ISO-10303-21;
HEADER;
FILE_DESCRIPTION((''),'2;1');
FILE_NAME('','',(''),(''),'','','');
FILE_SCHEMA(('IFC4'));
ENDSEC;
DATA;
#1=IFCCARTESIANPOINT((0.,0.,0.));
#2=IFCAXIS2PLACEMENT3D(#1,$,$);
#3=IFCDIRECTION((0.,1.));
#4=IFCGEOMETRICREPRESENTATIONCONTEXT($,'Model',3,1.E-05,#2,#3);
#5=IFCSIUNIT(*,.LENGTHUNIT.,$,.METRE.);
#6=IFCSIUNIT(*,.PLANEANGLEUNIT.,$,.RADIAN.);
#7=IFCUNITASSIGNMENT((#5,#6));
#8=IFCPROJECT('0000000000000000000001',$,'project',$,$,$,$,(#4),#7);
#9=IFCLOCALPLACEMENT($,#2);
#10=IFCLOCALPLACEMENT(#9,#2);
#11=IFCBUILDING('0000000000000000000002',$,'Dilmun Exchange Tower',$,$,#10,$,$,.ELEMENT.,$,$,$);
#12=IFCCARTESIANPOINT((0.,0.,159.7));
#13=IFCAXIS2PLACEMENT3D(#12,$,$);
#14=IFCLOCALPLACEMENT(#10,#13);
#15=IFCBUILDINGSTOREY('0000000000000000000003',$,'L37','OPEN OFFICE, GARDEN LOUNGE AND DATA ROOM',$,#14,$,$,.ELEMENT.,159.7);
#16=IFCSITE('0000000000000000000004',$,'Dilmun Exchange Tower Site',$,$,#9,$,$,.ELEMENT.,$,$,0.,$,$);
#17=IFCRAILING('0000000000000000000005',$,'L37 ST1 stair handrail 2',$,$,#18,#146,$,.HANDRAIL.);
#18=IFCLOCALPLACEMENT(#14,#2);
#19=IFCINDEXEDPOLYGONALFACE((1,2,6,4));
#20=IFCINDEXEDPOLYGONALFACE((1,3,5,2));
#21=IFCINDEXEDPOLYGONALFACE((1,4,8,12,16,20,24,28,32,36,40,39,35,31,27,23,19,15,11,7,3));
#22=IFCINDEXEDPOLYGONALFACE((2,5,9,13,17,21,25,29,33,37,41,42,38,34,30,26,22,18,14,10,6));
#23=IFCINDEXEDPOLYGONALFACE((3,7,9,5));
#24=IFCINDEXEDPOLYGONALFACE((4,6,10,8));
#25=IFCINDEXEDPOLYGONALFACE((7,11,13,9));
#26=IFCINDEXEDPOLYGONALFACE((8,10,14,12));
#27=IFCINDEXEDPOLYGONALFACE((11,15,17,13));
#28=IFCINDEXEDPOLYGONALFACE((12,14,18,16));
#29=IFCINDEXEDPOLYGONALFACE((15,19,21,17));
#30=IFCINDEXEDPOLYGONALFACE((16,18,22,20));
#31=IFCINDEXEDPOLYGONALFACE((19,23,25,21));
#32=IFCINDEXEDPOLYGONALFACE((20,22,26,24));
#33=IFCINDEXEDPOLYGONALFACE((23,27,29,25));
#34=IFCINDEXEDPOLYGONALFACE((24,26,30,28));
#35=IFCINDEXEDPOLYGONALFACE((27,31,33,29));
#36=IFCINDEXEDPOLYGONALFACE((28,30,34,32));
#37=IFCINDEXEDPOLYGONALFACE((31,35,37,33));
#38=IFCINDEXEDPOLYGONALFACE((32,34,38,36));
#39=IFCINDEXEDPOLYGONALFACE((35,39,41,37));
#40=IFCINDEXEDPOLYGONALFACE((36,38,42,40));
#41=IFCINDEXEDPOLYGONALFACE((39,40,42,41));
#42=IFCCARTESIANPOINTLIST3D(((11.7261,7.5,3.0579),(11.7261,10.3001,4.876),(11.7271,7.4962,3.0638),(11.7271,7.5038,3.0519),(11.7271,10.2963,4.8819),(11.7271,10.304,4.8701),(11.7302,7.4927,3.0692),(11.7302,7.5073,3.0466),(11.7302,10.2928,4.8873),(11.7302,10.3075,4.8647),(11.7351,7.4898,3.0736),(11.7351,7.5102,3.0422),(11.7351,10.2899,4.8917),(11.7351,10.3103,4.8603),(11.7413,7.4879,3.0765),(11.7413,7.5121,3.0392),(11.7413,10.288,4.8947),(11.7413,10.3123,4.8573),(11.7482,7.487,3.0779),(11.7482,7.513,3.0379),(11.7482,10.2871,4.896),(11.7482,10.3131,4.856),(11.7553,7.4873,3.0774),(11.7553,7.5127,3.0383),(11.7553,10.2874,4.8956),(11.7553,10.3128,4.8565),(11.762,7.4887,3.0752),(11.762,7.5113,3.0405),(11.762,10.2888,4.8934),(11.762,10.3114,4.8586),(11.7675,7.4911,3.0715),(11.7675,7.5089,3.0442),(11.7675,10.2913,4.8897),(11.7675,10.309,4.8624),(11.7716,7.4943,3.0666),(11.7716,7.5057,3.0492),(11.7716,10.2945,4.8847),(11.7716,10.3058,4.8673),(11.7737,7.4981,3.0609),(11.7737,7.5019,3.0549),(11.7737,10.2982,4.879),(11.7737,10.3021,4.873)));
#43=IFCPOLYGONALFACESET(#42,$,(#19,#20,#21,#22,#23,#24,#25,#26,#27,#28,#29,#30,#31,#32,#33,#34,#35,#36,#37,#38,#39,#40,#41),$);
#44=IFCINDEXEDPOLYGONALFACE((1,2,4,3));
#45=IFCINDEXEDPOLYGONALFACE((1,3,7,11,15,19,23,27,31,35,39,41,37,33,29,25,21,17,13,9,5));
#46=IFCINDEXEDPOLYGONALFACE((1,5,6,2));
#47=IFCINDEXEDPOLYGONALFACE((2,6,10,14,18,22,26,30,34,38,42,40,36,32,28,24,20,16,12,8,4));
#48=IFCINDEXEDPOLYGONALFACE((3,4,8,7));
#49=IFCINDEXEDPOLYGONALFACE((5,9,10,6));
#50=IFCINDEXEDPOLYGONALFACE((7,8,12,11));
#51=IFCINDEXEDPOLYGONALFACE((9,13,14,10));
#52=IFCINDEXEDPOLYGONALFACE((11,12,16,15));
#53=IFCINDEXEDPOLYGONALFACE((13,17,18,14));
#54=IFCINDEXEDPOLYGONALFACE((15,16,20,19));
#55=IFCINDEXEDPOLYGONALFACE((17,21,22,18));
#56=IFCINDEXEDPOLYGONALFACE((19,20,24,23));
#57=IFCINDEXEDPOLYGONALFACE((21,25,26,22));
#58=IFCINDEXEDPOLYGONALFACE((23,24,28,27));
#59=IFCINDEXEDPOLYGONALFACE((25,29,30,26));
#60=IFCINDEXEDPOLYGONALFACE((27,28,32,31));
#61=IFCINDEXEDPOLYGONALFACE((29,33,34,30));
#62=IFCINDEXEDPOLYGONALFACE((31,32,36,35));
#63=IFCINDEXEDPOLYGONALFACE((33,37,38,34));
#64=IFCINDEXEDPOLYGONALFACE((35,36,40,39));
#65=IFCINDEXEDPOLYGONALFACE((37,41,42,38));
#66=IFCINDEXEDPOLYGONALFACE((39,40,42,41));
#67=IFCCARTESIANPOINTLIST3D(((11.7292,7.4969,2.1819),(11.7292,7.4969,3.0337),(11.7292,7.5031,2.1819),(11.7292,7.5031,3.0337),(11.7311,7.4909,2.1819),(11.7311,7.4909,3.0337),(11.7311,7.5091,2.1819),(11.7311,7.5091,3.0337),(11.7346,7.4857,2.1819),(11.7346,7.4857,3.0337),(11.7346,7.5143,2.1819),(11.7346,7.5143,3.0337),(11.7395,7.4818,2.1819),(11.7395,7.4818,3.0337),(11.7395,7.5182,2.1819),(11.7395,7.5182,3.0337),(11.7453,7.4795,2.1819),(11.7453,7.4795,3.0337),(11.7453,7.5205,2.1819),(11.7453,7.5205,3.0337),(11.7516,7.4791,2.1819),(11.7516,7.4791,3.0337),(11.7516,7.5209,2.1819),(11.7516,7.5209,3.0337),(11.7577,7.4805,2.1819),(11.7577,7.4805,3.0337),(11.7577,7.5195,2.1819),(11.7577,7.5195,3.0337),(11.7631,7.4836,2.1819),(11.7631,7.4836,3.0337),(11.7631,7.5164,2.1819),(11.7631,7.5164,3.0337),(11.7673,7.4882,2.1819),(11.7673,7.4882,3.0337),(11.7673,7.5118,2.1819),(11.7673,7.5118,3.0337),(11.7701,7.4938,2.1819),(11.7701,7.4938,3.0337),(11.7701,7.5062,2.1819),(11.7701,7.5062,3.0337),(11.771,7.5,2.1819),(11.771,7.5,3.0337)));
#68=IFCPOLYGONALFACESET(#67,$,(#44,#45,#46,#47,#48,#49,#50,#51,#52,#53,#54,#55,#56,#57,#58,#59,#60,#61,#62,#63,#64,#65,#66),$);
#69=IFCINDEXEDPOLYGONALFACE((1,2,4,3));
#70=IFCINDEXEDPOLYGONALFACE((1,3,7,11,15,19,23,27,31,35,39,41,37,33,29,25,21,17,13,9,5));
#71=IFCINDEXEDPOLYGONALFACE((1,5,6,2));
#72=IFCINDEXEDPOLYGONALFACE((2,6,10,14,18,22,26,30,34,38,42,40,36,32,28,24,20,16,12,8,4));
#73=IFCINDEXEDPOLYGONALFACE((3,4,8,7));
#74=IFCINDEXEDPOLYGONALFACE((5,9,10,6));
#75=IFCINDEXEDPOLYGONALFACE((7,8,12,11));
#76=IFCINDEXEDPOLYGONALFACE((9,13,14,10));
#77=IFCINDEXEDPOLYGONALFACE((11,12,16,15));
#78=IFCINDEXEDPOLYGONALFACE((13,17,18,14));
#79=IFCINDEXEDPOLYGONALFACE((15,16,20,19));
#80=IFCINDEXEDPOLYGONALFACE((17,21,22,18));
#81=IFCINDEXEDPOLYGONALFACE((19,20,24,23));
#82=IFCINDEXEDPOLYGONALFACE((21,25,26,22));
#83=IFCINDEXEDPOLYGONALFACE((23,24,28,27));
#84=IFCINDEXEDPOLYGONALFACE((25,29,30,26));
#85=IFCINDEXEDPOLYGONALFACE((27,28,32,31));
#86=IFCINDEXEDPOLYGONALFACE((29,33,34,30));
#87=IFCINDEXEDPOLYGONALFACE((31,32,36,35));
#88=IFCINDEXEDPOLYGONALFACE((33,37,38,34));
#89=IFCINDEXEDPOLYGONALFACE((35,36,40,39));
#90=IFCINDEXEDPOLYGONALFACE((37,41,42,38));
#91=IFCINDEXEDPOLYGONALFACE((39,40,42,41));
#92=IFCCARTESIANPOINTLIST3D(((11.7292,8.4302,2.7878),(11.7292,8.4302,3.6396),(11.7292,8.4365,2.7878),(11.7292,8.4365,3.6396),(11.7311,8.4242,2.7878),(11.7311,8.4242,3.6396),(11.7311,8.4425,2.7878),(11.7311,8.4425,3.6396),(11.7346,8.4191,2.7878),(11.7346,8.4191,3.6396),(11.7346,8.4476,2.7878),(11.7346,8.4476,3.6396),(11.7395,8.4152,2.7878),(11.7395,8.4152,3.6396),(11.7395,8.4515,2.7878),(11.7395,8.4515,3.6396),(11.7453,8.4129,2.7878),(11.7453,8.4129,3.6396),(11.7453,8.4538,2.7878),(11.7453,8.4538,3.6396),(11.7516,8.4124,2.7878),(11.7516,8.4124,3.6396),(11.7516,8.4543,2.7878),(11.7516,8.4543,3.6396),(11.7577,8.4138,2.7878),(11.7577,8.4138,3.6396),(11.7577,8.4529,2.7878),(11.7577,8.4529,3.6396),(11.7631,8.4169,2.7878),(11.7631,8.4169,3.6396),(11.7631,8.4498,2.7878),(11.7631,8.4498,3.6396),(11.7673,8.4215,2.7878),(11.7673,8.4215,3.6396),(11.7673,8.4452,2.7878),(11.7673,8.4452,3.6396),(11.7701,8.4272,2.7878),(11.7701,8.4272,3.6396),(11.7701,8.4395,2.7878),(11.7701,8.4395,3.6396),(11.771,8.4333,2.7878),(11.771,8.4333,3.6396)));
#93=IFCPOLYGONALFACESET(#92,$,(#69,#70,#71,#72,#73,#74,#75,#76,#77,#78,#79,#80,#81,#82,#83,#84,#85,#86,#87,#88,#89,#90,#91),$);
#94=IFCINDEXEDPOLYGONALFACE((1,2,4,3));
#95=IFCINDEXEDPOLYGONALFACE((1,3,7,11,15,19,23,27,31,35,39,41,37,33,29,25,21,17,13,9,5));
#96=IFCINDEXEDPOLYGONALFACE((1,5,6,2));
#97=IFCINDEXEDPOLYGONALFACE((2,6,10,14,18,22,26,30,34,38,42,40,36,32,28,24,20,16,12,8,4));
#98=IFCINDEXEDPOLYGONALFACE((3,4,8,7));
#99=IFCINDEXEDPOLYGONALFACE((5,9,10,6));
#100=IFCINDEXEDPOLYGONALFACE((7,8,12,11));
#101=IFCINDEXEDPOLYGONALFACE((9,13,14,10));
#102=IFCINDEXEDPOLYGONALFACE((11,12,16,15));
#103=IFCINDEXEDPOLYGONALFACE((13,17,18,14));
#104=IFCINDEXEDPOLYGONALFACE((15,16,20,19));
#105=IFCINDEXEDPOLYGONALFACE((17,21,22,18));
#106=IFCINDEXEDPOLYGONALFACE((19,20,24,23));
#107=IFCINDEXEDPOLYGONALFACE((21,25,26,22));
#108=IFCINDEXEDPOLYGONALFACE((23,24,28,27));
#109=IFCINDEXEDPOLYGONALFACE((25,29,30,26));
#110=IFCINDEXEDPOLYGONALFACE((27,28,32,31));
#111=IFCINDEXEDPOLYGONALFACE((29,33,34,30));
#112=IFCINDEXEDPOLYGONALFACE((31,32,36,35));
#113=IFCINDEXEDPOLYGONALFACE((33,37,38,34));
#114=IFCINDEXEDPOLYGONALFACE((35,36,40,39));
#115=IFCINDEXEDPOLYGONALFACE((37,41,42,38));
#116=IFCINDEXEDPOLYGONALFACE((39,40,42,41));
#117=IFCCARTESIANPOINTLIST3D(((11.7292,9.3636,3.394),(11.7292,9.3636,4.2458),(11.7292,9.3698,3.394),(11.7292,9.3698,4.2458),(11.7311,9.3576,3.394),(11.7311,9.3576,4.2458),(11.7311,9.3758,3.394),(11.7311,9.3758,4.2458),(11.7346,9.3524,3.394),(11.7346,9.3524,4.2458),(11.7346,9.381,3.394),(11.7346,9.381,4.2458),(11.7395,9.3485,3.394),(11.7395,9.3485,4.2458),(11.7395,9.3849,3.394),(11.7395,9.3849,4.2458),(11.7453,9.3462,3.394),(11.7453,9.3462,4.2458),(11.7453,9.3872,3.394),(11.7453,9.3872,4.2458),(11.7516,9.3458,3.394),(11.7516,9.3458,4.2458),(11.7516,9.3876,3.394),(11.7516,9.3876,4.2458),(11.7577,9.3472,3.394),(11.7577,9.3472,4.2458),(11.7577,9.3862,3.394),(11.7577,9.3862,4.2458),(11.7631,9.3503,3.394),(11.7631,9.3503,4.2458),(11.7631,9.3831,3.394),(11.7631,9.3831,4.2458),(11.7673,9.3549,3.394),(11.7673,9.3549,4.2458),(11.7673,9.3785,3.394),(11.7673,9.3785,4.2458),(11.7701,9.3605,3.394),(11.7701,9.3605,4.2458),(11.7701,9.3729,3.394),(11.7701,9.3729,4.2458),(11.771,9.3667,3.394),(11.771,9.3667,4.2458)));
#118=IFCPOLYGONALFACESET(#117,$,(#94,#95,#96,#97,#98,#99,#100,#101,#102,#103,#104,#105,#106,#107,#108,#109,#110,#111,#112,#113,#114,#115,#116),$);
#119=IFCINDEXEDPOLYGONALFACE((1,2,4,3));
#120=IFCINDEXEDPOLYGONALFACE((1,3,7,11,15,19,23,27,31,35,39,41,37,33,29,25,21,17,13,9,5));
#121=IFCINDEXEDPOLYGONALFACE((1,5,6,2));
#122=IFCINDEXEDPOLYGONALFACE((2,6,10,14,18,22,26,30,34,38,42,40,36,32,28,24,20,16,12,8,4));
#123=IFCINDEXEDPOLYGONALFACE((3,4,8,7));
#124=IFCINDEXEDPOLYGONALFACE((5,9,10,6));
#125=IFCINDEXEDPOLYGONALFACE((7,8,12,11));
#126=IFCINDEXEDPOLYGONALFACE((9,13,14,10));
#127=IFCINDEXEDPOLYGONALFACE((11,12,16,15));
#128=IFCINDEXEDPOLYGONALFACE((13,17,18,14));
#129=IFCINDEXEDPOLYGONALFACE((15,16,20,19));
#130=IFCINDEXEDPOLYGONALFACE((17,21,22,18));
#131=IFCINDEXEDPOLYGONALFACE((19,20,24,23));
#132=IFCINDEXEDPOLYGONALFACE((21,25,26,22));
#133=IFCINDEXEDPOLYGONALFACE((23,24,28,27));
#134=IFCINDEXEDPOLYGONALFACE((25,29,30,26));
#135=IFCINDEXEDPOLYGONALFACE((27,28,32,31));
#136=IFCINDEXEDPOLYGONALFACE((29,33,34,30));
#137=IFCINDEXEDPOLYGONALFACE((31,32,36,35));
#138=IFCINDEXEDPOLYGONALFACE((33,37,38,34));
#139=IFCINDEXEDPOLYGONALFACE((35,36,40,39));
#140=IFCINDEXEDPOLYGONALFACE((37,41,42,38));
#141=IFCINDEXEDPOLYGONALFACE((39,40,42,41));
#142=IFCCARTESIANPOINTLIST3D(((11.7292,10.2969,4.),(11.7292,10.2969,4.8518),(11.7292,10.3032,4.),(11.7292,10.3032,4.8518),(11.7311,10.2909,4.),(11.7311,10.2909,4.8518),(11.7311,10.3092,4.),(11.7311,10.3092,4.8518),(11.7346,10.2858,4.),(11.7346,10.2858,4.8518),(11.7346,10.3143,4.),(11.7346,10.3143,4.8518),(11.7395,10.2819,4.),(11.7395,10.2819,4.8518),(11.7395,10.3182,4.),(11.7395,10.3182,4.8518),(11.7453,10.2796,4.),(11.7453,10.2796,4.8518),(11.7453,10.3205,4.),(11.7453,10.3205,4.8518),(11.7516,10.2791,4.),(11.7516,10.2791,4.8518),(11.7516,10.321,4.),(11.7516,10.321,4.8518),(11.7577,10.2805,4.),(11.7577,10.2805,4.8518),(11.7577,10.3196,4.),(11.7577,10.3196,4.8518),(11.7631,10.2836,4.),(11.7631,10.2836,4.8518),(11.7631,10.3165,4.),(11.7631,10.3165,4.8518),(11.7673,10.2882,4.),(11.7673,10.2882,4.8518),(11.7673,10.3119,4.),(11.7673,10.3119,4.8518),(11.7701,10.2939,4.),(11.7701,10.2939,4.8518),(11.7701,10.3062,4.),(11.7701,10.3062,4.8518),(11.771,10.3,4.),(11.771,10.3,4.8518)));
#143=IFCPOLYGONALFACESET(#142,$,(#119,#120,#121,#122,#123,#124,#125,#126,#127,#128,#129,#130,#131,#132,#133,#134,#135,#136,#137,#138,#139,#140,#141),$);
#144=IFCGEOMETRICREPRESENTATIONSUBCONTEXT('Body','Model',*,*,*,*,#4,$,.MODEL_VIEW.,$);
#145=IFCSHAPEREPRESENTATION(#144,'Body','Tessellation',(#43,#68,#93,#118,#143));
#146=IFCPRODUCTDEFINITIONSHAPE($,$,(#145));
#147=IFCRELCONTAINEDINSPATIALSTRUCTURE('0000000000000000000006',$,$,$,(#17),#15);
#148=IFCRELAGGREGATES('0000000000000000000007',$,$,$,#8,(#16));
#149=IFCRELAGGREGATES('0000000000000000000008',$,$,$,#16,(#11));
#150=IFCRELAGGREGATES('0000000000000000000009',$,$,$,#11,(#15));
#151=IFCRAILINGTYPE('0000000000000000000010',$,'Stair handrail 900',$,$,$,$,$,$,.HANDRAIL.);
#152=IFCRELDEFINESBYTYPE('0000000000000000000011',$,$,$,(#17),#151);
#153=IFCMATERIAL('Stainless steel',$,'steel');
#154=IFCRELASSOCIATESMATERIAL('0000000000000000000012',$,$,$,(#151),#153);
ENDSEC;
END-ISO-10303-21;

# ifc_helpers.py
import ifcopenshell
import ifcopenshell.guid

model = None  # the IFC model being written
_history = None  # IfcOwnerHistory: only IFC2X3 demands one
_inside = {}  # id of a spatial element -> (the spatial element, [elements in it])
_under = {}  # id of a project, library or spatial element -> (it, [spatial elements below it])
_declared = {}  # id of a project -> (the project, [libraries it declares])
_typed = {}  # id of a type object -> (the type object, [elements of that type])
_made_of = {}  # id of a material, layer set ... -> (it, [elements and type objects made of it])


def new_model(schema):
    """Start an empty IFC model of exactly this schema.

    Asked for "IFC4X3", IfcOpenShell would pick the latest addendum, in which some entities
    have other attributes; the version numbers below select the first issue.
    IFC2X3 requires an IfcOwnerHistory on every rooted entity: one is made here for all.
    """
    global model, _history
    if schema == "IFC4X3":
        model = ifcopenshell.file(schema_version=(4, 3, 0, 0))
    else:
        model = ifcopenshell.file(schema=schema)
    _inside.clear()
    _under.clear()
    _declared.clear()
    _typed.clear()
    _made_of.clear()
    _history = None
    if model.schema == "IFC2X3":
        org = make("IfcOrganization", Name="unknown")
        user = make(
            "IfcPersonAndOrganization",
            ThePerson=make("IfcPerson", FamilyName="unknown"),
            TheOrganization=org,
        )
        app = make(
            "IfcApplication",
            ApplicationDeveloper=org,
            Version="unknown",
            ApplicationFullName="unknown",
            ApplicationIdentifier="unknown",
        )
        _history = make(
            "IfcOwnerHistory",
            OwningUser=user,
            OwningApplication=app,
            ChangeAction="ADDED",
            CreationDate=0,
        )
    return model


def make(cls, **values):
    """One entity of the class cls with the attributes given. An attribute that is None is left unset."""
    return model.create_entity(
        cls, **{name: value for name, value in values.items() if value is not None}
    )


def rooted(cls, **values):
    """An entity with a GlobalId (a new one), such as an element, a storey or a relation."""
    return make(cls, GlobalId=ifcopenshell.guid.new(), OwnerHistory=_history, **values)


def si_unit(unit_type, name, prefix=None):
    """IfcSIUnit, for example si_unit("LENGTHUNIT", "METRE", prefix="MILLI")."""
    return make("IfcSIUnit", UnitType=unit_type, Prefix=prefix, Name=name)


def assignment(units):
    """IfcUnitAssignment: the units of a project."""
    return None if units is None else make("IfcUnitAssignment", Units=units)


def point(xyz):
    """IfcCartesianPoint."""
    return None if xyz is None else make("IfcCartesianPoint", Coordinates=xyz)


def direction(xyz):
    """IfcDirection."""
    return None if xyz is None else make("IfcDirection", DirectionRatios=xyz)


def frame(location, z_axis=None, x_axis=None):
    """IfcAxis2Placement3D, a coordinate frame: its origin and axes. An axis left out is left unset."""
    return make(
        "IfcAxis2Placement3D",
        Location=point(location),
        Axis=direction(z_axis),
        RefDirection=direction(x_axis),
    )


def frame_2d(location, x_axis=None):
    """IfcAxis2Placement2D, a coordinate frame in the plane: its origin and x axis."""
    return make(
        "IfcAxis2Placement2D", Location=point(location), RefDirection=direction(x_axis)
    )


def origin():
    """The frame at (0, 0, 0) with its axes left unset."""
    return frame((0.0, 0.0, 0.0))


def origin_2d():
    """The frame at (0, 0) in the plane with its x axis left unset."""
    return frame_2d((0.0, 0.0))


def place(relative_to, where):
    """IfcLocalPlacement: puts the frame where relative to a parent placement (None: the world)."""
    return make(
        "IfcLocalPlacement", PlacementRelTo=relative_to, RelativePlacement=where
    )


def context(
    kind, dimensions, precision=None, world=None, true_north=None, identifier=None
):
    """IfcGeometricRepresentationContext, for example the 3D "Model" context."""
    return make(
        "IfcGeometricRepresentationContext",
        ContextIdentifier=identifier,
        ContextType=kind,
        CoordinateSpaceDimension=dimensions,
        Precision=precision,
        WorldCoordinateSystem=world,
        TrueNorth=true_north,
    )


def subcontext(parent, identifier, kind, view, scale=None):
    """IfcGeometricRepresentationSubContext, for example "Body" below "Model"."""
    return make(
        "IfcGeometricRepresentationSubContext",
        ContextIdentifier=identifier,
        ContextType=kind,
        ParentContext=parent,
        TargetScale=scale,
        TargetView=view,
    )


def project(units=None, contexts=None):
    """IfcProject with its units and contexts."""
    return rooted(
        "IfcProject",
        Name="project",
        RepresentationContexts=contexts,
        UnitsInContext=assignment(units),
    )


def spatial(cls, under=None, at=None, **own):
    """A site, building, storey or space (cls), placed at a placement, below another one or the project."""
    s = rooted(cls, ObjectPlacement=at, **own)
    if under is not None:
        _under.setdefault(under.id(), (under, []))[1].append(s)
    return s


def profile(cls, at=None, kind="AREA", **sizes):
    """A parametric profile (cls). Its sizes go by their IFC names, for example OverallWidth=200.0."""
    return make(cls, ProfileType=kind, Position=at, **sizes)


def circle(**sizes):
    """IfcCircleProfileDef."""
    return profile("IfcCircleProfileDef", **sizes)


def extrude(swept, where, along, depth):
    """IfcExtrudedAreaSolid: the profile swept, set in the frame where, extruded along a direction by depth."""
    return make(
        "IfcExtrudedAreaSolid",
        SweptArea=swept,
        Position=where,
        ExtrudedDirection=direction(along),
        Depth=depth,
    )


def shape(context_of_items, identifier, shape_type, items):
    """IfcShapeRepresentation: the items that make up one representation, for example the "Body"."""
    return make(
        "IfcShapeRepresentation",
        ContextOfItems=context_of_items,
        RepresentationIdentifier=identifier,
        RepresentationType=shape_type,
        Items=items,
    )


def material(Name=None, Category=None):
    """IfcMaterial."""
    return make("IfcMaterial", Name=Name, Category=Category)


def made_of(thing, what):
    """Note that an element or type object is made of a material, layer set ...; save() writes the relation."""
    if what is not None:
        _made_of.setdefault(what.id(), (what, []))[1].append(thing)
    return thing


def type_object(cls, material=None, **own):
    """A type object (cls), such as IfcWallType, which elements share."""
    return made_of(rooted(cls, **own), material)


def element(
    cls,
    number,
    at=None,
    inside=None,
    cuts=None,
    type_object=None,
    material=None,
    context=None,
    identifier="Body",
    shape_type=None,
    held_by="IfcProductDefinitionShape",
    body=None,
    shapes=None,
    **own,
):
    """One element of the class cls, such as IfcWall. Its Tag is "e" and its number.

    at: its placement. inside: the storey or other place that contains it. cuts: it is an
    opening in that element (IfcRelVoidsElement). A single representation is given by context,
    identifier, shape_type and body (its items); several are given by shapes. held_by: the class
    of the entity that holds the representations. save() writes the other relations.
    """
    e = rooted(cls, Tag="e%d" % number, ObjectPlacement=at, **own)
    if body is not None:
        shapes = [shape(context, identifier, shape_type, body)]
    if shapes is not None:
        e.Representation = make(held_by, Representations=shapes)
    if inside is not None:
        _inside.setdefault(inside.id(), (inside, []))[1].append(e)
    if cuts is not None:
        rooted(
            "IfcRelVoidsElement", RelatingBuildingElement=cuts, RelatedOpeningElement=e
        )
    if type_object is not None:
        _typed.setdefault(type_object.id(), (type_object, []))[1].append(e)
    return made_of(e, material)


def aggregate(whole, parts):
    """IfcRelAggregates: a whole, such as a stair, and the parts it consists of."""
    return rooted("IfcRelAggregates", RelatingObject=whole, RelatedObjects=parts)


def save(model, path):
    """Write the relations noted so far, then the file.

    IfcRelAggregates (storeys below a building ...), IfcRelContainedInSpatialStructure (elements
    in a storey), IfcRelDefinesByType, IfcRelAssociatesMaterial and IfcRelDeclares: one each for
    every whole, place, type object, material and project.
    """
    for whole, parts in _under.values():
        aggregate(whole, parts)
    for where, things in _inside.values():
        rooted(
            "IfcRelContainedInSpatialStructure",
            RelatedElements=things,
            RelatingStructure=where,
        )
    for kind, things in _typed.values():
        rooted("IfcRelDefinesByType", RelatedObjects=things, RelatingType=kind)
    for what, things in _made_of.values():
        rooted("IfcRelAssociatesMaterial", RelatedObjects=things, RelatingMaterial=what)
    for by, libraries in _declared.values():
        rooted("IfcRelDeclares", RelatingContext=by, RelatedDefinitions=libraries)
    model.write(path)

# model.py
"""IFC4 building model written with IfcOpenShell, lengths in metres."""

from ifc_helpers import new_model, si_unit, direction, frame, origin, origin_2d, place, context, subcontext, project, spatial, circle, extrude, material, type_object, element, save


model = new_model("IFC4")

# Units and contexts
model_context = context("Model", 3, precision=1e-05, world=origin(), true_north=direction((0.0, 1.0)))
body_context = subcontext(model_context, "Body", "Model", "MODEL_VIEW")
ifc_project = project(units=[si_unit("LENGTHUNIT", "METRE"), si_unit("PLANEANGLEUNIT", "RADIAN")], contexts=[model_context])

# Site, building, storey
site_placement = place(None, origin())
site = spatial("IfcSite", under=ifc_project, at=site_placement, Name="Dilmun Exchange Tower Site", CompositionType="ELEMENT", RefElevation=0.0)
building_placement = place(site_placement, origin())
building = spatial("IfcBuilding", under=site, at=building_placement, Name="Dilmun Exchange Tower", CompositionType="ELEMENT")
storey_placement = place(building_placement, frame((0.0, 0.0, 159.7)))
storey = spatial("IfcBuildingStorey", under=building, at=storey_placement, Name="L37", Description="OPEN OFFICE, GARDEN LOUNGE AND DATA ROOM", CompositionType="ELEMENT", Elevation=159.7)

# Railing
ifc_material_1 = material(Name="Stainless steel", Category="steel")
railing_type = type_object("IfcRailingType", Name="Stair handrail 900", PredefinedType="HANDRAIL", material=ifc_material_1)
railing_1_placement = place(storey_placement, frame((11.75, 7.5, 2.1819)))
element("IfcRailing", 1, at=railing_1_placement, inside=storey, type_object=railing_type, Name="L37 ST1 stair handrail 2", PredefinedType="HANDRAIL", context=body_context, shape_type="SweptSolid", body=[
    extrude(circle(Radius=0.0239, at=origin_2d()), frame((0.0, 0.0, 0.876), z_axis=(0.0, 0.838706, 0.544585), x_axis=(-1.0, 0.0, 0.0)), (0.0, 0.0, 1.0), 3.3386),
    extrude(circle(Radius=0.021, at=origin_2d()), origin(), (0.0, 0.0, 1.0), 0.8518),
    extrude(circle(Radius=0.021, at=origin_2d()), frame((0.0, 0.9333, 0.606)), (0.0, 0.0, 1.0), 0.8518),
    extrude(circle(Radius=0.021, at=origin_2d()), frame((0.0, 1.8667, 1.2122)), (0.0, 0.0, 1.0), 0.8518),
    extrude(circle(Radius=0.021, at=origin_2d()), frame((0.0, 2.8, 1.8181)), (0.0, 0.0, 1.0), 0.8518),
])

save(model, "model.ifc")
